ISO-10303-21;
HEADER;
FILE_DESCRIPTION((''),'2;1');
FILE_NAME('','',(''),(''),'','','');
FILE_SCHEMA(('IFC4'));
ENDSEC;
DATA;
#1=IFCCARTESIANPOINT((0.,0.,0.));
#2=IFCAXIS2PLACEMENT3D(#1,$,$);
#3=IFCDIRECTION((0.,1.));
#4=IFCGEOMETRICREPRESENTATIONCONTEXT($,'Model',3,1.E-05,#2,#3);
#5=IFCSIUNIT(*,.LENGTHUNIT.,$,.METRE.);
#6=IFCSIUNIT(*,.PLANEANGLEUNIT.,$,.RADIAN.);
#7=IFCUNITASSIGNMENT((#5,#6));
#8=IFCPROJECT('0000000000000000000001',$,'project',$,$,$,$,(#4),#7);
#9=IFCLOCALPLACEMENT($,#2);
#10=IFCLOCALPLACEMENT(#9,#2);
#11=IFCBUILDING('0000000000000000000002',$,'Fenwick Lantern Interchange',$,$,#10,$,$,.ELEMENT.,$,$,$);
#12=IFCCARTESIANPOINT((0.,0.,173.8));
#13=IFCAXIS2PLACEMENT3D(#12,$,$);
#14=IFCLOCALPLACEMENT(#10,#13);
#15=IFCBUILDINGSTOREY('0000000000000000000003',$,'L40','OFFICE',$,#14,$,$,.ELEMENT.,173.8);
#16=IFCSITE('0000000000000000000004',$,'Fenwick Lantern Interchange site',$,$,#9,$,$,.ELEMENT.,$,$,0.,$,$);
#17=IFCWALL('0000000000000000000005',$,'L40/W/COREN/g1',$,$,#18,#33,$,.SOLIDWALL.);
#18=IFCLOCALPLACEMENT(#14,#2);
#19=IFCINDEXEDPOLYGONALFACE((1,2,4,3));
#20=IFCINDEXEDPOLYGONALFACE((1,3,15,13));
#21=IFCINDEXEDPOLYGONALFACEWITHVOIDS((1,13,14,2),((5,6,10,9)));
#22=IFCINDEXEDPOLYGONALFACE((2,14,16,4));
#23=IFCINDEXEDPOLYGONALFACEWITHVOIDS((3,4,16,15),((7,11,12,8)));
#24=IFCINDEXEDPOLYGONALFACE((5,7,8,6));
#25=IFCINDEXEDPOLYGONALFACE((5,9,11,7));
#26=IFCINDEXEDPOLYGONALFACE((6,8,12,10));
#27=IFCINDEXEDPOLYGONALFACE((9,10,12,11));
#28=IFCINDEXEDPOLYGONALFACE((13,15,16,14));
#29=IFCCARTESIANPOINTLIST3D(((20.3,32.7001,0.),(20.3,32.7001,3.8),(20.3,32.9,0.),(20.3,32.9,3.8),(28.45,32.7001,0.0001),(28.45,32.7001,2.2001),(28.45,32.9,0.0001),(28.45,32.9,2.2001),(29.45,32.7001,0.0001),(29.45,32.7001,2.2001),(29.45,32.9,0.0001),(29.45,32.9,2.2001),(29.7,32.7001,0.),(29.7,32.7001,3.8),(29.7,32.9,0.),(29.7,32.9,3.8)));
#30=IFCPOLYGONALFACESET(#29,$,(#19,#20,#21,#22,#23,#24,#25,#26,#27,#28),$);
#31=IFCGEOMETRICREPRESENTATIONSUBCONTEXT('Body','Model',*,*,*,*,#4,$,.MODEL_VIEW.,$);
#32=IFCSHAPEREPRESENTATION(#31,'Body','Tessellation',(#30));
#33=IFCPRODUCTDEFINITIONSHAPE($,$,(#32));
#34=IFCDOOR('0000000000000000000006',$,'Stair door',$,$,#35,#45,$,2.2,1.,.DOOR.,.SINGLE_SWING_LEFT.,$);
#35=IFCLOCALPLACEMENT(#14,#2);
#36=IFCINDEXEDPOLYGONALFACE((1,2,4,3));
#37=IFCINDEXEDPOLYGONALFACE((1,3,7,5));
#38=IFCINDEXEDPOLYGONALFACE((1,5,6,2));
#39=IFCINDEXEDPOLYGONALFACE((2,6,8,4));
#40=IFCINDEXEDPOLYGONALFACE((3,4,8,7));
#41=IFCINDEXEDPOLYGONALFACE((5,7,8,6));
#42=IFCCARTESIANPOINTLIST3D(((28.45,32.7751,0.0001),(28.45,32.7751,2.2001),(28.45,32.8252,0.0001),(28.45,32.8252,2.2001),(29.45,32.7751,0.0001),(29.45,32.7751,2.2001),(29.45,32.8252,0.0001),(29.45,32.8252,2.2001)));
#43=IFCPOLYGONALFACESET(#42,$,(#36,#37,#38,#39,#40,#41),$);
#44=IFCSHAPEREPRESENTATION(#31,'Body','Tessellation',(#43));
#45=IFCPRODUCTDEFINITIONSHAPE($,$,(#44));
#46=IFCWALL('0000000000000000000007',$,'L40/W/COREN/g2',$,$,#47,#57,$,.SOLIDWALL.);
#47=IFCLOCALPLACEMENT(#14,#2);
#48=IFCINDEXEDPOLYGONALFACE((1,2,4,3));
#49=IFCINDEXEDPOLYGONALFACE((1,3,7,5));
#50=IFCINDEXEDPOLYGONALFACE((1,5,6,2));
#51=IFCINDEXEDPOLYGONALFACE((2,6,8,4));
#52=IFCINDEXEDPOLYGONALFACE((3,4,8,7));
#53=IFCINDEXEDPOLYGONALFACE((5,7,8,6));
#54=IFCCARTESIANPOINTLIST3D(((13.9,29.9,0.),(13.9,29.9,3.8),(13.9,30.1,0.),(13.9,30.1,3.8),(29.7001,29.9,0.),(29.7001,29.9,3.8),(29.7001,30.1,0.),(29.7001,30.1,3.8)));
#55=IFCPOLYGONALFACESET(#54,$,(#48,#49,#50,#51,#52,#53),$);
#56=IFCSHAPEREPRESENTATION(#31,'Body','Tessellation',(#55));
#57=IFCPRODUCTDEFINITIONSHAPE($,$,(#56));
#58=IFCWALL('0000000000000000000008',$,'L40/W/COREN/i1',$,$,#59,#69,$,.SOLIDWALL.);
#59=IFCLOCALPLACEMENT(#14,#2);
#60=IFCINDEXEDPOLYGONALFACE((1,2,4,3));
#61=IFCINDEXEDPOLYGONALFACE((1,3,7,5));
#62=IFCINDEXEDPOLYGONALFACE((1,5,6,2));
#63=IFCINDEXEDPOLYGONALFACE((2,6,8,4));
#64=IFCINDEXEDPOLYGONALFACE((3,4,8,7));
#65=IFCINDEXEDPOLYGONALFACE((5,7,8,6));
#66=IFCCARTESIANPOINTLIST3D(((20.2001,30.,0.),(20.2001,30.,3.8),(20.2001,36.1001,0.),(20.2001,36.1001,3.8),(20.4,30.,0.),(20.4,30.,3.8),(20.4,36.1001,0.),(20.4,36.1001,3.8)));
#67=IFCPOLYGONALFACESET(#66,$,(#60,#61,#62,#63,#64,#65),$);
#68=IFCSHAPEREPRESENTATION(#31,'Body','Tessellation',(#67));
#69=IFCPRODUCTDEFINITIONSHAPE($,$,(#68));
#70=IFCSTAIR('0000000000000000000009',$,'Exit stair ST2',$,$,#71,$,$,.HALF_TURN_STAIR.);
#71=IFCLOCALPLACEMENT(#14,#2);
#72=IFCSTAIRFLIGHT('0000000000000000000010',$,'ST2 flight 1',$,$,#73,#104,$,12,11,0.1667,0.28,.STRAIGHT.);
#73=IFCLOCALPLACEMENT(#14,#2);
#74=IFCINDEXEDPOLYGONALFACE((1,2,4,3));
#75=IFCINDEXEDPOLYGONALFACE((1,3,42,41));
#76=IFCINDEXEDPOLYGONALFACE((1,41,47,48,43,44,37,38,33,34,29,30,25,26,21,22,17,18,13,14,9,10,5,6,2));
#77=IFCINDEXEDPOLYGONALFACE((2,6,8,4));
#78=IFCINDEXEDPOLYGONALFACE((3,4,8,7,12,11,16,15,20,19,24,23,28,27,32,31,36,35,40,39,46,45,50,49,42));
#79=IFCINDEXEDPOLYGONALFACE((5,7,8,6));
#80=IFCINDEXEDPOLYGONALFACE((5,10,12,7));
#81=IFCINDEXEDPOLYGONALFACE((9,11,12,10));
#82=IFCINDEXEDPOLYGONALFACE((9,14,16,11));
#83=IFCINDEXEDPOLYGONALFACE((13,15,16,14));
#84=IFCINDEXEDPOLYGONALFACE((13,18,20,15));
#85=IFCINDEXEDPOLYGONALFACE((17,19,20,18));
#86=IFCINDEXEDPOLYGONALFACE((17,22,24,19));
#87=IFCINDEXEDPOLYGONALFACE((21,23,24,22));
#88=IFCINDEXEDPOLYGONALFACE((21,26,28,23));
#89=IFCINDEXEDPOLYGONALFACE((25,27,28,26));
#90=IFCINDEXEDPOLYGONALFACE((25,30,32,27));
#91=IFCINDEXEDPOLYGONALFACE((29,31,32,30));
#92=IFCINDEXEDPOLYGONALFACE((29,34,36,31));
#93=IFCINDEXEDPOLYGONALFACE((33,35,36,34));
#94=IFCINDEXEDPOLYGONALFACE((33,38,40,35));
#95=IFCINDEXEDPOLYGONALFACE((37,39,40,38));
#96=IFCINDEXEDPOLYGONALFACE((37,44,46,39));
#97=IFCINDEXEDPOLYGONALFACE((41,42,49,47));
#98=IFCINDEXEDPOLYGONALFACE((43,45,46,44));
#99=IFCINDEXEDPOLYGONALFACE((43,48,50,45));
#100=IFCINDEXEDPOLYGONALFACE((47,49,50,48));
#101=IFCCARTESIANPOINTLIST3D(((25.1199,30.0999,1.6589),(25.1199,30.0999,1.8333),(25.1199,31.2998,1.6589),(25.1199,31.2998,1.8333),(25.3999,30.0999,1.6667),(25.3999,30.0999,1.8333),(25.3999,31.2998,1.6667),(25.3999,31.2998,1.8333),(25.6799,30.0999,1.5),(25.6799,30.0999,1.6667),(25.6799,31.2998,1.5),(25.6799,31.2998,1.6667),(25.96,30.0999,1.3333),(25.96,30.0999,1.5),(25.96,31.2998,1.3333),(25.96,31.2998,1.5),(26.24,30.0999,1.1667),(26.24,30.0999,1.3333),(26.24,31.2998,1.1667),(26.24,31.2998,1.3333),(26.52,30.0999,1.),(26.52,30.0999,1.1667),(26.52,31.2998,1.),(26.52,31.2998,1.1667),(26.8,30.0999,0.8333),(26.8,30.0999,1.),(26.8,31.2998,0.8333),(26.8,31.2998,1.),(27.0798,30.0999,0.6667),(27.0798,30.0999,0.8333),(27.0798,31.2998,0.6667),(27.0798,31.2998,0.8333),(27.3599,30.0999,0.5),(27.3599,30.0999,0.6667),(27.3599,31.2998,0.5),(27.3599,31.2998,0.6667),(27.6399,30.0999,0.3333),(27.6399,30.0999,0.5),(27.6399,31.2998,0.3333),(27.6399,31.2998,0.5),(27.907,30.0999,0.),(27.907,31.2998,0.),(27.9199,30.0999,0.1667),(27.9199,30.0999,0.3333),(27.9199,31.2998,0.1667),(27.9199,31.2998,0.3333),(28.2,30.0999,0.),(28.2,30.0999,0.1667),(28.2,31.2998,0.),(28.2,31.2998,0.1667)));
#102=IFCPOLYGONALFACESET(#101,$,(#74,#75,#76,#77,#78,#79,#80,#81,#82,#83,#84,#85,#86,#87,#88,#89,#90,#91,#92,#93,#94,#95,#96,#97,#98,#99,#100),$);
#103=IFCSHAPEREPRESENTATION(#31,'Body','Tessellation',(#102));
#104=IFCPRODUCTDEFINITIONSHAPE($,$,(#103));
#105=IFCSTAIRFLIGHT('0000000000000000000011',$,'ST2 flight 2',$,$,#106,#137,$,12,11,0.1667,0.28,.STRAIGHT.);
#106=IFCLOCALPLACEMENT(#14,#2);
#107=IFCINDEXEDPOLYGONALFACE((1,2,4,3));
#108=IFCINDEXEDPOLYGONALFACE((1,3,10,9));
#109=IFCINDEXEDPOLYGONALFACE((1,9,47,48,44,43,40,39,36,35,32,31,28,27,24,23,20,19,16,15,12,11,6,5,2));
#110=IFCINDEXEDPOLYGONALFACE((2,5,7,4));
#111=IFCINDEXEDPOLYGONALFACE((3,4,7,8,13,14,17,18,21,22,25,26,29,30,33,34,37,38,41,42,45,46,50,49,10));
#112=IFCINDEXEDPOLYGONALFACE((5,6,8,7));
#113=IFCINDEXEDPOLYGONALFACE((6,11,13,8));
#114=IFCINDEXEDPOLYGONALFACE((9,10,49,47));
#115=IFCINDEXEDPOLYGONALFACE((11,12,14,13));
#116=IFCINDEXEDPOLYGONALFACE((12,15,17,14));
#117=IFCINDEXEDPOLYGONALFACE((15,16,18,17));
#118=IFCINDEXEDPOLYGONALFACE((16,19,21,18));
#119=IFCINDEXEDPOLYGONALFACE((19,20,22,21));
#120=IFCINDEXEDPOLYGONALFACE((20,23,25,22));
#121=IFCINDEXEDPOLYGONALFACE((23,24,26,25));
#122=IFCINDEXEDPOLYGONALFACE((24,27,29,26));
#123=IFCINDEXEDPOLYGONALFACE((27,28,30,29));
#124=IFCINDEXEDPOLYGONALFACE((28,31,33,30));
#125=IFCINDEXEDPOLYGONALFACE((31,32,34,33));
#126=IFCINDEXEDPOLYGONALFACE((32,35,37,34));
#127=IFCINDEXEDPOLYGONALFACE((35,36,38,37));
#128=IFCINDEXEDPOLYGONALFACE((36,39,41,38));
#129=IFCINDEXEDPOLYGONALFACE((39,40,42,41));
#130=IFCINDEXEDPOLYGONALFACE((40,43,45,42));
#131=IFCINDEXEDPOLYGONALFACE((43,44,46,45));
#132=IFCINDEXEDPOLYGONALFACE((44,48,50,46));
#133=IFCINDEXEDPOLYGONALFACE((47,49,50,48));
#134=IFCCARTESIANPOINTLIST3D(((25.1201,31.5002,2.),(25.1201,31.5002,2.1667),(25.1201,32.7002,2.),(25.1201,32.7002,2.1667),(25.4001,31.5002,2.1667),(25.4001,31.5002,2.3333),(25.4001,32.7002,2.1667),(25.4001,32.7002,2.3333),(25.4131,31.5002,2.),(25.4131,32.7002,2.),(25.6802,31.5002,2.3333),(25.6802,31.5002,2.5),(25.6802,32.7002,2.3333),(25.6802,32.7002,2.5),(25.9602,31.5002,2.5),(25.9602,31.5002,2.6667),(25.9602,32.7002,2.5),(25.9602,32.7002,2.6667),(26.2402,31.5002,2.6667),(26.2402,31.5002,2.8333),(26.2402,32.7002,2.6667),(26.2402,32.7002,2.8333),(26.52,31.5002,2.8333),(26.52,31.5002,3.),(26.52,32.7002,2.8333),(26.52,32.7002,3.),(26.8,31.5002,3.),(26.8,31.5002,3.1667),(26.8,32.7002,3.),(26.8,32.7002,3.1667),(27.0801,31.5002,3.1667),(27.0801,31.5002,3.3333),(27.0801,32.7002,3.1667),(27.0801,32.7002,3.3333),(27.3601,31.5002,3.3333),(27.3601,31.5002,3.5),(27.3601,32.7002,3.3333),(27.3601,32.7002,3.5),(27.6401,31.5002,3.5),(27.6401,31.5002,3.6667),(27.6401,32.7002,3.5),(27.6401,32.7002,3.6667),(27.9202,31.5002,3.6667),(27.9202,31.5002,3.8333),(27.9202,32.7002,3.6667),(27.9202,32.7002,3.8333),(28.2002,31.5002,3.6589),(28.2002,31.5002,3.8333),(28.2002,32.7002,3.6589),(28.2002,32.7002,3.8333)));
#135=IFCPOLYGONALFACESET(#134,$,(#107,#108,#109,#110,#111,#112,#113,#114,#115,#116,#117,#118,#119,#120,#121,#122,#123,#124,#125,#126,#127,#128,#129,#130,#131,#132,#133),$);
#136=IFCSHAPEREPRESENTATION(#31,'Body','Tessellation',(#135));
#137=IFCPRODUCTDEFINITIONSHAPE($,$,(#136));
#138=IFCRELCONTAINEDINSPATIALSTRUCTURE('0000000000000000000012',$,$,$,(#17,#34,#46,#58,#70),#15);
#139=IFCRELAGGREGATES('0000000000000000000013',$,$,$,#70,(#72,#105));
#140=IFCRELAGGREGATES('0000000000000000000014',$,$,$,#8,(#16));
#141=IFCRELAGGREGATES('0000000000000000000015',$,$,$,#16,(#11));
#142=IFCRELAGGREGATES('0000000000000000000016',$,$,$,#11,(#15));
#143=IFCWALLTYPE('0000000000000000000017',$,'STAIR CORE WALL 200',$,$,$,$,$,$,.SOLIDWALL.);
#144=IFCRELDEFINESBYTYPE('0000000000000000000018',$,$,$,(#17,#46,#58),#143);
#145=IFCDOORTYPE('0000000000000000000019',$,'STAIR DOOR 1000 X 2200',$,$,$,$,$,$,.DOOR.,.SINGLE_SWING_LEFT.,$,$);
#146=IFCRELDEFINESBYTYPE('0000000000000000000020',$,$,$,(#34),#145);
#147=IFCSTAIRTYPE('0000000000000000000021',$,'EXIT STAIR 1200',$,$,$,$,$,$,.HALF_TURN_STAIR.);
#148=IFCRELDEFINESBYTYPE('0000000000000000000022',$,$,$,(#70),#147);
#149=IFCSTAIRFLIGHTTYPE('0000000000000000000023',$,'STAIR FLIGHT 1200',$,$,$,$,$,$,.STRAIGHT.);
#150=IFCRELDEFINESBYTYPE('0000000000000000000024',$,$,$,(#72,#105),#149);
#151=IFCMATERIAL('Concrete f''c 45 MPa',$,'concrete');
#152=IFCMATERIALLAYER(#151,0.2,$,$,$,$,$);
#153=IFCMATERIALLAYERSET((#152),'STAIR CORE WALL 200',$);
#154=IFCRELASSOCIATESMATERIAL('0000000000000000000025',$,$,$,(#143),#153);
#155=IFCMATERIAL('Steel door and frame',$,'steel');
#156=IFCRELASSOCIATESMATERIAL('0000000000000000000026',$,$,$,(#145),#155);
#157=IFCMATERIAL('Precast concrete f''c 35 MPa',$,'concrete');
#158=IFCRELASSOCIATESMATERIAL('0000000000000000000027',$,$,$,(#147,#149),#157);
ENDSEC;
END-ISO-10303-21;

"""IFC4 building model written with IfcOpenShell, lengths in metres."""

from ifc_helpers import new_model, si_unit, direction, frame, frame_2d, origin, place, context, subcontext, project, spatial, polyline, rectangle, outline, extrude, material, layer, layer_set, type_object, element, fill, aggregate, save


model = new_model("IFC4")

# Units and contexts
model_context = context("Model", 3, precision=1e-05, world=origin(), true_north=direction((0.0, 1.0)))
body_context = subcontext(model_context, "Body", "Model", "MODEL_VIEW")
ifc_project = project(units=[si_unit("LENGTHUNIT", "METRE"), si_unit("PLANEANGLEUNIT", "RADIAN")], contexts=[model_context])

# Site, building, storey
site_placement = place(None, origin())
site = spatial("IfcSite", under=ifc_project, at=site_placement, Name="Fenwick Lantern Interchange site", CompositionType="ELEMENT", RefElevation=0.0)
building_placement = place(site_placement, origin())
building = spatial("IfcBuilding", under=site, at=building_placement, Name="Fenwick Lantern Interchange", CompositionType="ELEMENT")
storey_placement = place(building_placement, frame((0.0, 0.0, 173.8)))
storey = spatial("IfcBuildingStorey", under=building, at=storey_placement, Name="L40", Description="OFFICE", CompositionType="ELEMENT", Elevation=173.8)

# Shared definitions
ifc_material_1 = material(Name="Steel door and frame", Category="steel")

# Shared definitions
ifc_material_2 = material(Name="Concrete f'c 45 MPa", Category="concrete")
ifc_layer_1 = layer(ifc_material_2, 0.2)
ifc_layer_set_1 = layer_set([ifc_layer_1], Name="STAIR CORE WALL 200")
wall_type_1 = type_object("IfcWallType", Name="STAIR CORE WALL 200", PredefinedType="SOLIDWALL", material=ifc_layer_set_1)

# Wall, opening, door
wall_1_placement = place(storey_placement, frame((29.7, 32.8, 0.0), z_axis=(0.0, 0.0, 1.0), x_axis=(-1.0, 0.0, 0.0)))
wall_1 = element("IfcWall", 1, at=wall_1_placement, inside=storey, type_object=wall_type_1, Name="L40/W/COREN/g1", PredefinedType="SOLIDWALL", context=body_context, shape_type="SweptSolid", body=[
    extrude(rectangle(XDim=9.3999, YDim=0.2, at=frame_2d((4.7, 0.0))), origin(), (0.0, 0.0, 1.0), 3.8),
])
opening_1_placement = place(wall_1_placement, frame((0.25, 0.0, 0.0)))
opening_1 = element("IfcOpeningElement", 2, at=opening_1_placement, cuts=wall_1, PredefinedType="OPENING", context=body_context, shape_type="SweptSolid", body=[
    extrude(rectangle(XDim=1.0, YDim=2.2, at=frame_2d((0.5, 1.1001))), frame((0.0, 0.1099, 0.0), z_axis=(0.0, -1.0, 0.0), x_axis=(1.0, 0.0, 0.0)), (0.0, 0.0, 1.0), 0.22),
])
door_type_1 = type_object("IfcDoorType", Name="STAIR DOOR 1000 X 2200", OperationType="SINGLE_SWING_LEFT", PredefinedType="DOOR", material=ifc_material_1)
door_1_placement = place(opening_1_placement, origin())
door_1 = element("IfcDoor", 3, at=door_1_placement, inside=storey, type_object=door_type_1, Name="Stair door", OperationType="SINGLE_SWING_LEFT", OverallHeight=2.2, OverallWidth=1.0, PredefinedType="DOOR", context=body_context, shape_type="SweptSolid", body=[
    extrude(rectangle(XDim=1.0, YDim=2.2, at=frame_2d((0.5, 1.1001))), frame((0.0, 0.0249, 0.0), z_axis=(0.0, -1.0, 0.0), x_axis=(1.0, 0.0, 0.0)), (0.0, 0.0, 1.0), 0.05),
])
fill(opening_1, door_1)

# Walls
wall_2_placement = place(storey_placement, frame((29.7, 30.0, 0.0), z_axis=(0.0, 0.0, 1.0), x_axis=(-1.0, 0.0, 0.0)))
element("IfcWall", 4, at=wall_2_placement, inside=storey, type_object=wall_type_1, Name="L40/W/COREN/g2", PredefinedType="SOLIDWALL", context=body_context, shape_type="SweptSolid", body=[
    extrude(rectangle(XDim=15.8, YDim=0.2, at=frame_2d((7.8999, 0.0))), origin(), (0.0, 0.0, 1.0), 3.8),
])
wall_3_placement = place(storey_placement, frame((20.3, 36.1001, 0.0), z_axis=(0.0, 0.0, 1.0), x_axis=(0.0, -1.0, 0.0)))
element("IfcWall", 5, at=wall_3_placement, inside=storey, type_object=wall_type_1, Name="L40/W/COREN/i1", PredefinedType="SOLIDWALL", context=body_context, shape_type="SweptSolid", body=[
    extrude(rectangle(XDim=6.1001, YDim=0.2, at=frame_2d((3.05, 0.0))), origin(), (0.0, 0.0, 1.0), 3.8),
])

# Stair, stair flights
ifc_material_3 = material(Name="Precast concrete f'c 35 MPa", Category="concrete")
stair_type = type_object("IfcStairType", Name="EXIT STAIR 1200", PredefinedType="HALF_TURN_STAIR", material=ifc_material_3)
stair_placement = place(storey_placement, origin())
stair = element("IfcStair", 6, at=stair_placement, inside=storey, type_object=stair_type, Name="Exit stair ST2", PredefinedType="HALF_TURN_STAIR")
stair_flight_type = type_object("IfcStairFlightType", Name="STAIR FLIGHT 1200", PredefinedType="STRAIGHT", material=ifc_material_3)
stair_flight_1_placement = place(storey_placement, frame((28.2, 30.7, 0.0), z_axis=(0.0, 0.0, 1.0), x_axis=(-1.0, 0.0, 0.0)))
stair_flight_1 = element("IfcStairFlight", 7, at=stair_flight_1_placement, type_object=stair_flight_type, Name="ST2 flight 1", NumberOfRisers=12, NumberOfTreads=11, PredefinedType="STRAIGHT", RiserHeight=0.1667, TreadLength=0.28, context=body_context, shape_type="SweptSolid", body=[
    extrude(outline(polyline([(0.0, 0.0), (0.0, 0.1667), (0.28, 0.1667), (0.28, 0.3333), (0.5601, 0.3333), (0.5601, 0.5), (0.8401, 0.5), (0.8401, 0.6667), (1.1201, 0.6667), (1.1201, 0.8333), (1.3999, 0.8333), (1.3999, 1.0), (1.6799, 1.0), (1.6799, 1.1667), (1.96, 1.1667), (1.96, 1.3333), (2.24, 1.3333), (2.24, 1.5), (2.52, 1.5), (2.52, 1.6667), (2.8, 1.6667), (2.8, 1.8333), (3.0801, 1.8333), (3.0801, 2.0), (3.0801, 1.6589), (0.293, 0.0), (0.0, 0.0)])), frame((0.0, 0.6001, 0.0), z_axis=(0.0, -1.0, 0.0), x_axis=(1.0, 0.0, 0.0)), (0.0, 0.0, 1.0), 1.2),
])
stair_flight_2_placement = place(storey_placement, frame((25.1201, 32.1001, 2.0), z_axis=(0.0, 0.0, 1.0), x_axis=(1.0, 0.0, 0.0)))
stair_flight_2 = element("IfcStairFlight", 8, at=stair_flight_2_placement, type_object=stair_flight_type, Name="ST2 flight 2", NumberOfRisers=12, NumberOfTreads=11, PredefinedType="STRAIGHT", RiserHeight=0.1667, TreadLength=0.28, context=body_context, shape_type="SweptSolid", body=[
    extrude(outline(polyline([(0.0, 0.0), (0.0, 0.1667), (0.28, 0.1667), (0.28, 0.3333), (0.5601, 0.3333), (0.5601, 0.5), (0.8401, 0.5), (0.8401, 0.6667), (1.1201, 0.6667), (1.1201, 0.8333), (1.3999, 0.8333), (1.3999, 1.0), (1.6799, 1.0), (1.6799, 1.1667), (1.96, 1.1667), (1.96, 1.3333), (2.24, 1.3333), (2.24, 1.5), (2.52, 1.5), (2.52, 1.6667), (2.8, 1.6667), (2.8, 1.8333), (3.0801, 1.8333), (3.0801, 2.0), (3.0801, 1.6589), (0.293, 0.0), (0.0, 0.0)])), frame((0.0, 0.6001, 0.0), z_axis=(0.0, -1.0, 0.0), x_axis=(1.0, 0.0, 0.0)), (0.0, 0.0, 1.0), 1.2),
])
aggregate(stair, [stair_flight_1, stair_flight_2])

save(model, "model.ifc")
